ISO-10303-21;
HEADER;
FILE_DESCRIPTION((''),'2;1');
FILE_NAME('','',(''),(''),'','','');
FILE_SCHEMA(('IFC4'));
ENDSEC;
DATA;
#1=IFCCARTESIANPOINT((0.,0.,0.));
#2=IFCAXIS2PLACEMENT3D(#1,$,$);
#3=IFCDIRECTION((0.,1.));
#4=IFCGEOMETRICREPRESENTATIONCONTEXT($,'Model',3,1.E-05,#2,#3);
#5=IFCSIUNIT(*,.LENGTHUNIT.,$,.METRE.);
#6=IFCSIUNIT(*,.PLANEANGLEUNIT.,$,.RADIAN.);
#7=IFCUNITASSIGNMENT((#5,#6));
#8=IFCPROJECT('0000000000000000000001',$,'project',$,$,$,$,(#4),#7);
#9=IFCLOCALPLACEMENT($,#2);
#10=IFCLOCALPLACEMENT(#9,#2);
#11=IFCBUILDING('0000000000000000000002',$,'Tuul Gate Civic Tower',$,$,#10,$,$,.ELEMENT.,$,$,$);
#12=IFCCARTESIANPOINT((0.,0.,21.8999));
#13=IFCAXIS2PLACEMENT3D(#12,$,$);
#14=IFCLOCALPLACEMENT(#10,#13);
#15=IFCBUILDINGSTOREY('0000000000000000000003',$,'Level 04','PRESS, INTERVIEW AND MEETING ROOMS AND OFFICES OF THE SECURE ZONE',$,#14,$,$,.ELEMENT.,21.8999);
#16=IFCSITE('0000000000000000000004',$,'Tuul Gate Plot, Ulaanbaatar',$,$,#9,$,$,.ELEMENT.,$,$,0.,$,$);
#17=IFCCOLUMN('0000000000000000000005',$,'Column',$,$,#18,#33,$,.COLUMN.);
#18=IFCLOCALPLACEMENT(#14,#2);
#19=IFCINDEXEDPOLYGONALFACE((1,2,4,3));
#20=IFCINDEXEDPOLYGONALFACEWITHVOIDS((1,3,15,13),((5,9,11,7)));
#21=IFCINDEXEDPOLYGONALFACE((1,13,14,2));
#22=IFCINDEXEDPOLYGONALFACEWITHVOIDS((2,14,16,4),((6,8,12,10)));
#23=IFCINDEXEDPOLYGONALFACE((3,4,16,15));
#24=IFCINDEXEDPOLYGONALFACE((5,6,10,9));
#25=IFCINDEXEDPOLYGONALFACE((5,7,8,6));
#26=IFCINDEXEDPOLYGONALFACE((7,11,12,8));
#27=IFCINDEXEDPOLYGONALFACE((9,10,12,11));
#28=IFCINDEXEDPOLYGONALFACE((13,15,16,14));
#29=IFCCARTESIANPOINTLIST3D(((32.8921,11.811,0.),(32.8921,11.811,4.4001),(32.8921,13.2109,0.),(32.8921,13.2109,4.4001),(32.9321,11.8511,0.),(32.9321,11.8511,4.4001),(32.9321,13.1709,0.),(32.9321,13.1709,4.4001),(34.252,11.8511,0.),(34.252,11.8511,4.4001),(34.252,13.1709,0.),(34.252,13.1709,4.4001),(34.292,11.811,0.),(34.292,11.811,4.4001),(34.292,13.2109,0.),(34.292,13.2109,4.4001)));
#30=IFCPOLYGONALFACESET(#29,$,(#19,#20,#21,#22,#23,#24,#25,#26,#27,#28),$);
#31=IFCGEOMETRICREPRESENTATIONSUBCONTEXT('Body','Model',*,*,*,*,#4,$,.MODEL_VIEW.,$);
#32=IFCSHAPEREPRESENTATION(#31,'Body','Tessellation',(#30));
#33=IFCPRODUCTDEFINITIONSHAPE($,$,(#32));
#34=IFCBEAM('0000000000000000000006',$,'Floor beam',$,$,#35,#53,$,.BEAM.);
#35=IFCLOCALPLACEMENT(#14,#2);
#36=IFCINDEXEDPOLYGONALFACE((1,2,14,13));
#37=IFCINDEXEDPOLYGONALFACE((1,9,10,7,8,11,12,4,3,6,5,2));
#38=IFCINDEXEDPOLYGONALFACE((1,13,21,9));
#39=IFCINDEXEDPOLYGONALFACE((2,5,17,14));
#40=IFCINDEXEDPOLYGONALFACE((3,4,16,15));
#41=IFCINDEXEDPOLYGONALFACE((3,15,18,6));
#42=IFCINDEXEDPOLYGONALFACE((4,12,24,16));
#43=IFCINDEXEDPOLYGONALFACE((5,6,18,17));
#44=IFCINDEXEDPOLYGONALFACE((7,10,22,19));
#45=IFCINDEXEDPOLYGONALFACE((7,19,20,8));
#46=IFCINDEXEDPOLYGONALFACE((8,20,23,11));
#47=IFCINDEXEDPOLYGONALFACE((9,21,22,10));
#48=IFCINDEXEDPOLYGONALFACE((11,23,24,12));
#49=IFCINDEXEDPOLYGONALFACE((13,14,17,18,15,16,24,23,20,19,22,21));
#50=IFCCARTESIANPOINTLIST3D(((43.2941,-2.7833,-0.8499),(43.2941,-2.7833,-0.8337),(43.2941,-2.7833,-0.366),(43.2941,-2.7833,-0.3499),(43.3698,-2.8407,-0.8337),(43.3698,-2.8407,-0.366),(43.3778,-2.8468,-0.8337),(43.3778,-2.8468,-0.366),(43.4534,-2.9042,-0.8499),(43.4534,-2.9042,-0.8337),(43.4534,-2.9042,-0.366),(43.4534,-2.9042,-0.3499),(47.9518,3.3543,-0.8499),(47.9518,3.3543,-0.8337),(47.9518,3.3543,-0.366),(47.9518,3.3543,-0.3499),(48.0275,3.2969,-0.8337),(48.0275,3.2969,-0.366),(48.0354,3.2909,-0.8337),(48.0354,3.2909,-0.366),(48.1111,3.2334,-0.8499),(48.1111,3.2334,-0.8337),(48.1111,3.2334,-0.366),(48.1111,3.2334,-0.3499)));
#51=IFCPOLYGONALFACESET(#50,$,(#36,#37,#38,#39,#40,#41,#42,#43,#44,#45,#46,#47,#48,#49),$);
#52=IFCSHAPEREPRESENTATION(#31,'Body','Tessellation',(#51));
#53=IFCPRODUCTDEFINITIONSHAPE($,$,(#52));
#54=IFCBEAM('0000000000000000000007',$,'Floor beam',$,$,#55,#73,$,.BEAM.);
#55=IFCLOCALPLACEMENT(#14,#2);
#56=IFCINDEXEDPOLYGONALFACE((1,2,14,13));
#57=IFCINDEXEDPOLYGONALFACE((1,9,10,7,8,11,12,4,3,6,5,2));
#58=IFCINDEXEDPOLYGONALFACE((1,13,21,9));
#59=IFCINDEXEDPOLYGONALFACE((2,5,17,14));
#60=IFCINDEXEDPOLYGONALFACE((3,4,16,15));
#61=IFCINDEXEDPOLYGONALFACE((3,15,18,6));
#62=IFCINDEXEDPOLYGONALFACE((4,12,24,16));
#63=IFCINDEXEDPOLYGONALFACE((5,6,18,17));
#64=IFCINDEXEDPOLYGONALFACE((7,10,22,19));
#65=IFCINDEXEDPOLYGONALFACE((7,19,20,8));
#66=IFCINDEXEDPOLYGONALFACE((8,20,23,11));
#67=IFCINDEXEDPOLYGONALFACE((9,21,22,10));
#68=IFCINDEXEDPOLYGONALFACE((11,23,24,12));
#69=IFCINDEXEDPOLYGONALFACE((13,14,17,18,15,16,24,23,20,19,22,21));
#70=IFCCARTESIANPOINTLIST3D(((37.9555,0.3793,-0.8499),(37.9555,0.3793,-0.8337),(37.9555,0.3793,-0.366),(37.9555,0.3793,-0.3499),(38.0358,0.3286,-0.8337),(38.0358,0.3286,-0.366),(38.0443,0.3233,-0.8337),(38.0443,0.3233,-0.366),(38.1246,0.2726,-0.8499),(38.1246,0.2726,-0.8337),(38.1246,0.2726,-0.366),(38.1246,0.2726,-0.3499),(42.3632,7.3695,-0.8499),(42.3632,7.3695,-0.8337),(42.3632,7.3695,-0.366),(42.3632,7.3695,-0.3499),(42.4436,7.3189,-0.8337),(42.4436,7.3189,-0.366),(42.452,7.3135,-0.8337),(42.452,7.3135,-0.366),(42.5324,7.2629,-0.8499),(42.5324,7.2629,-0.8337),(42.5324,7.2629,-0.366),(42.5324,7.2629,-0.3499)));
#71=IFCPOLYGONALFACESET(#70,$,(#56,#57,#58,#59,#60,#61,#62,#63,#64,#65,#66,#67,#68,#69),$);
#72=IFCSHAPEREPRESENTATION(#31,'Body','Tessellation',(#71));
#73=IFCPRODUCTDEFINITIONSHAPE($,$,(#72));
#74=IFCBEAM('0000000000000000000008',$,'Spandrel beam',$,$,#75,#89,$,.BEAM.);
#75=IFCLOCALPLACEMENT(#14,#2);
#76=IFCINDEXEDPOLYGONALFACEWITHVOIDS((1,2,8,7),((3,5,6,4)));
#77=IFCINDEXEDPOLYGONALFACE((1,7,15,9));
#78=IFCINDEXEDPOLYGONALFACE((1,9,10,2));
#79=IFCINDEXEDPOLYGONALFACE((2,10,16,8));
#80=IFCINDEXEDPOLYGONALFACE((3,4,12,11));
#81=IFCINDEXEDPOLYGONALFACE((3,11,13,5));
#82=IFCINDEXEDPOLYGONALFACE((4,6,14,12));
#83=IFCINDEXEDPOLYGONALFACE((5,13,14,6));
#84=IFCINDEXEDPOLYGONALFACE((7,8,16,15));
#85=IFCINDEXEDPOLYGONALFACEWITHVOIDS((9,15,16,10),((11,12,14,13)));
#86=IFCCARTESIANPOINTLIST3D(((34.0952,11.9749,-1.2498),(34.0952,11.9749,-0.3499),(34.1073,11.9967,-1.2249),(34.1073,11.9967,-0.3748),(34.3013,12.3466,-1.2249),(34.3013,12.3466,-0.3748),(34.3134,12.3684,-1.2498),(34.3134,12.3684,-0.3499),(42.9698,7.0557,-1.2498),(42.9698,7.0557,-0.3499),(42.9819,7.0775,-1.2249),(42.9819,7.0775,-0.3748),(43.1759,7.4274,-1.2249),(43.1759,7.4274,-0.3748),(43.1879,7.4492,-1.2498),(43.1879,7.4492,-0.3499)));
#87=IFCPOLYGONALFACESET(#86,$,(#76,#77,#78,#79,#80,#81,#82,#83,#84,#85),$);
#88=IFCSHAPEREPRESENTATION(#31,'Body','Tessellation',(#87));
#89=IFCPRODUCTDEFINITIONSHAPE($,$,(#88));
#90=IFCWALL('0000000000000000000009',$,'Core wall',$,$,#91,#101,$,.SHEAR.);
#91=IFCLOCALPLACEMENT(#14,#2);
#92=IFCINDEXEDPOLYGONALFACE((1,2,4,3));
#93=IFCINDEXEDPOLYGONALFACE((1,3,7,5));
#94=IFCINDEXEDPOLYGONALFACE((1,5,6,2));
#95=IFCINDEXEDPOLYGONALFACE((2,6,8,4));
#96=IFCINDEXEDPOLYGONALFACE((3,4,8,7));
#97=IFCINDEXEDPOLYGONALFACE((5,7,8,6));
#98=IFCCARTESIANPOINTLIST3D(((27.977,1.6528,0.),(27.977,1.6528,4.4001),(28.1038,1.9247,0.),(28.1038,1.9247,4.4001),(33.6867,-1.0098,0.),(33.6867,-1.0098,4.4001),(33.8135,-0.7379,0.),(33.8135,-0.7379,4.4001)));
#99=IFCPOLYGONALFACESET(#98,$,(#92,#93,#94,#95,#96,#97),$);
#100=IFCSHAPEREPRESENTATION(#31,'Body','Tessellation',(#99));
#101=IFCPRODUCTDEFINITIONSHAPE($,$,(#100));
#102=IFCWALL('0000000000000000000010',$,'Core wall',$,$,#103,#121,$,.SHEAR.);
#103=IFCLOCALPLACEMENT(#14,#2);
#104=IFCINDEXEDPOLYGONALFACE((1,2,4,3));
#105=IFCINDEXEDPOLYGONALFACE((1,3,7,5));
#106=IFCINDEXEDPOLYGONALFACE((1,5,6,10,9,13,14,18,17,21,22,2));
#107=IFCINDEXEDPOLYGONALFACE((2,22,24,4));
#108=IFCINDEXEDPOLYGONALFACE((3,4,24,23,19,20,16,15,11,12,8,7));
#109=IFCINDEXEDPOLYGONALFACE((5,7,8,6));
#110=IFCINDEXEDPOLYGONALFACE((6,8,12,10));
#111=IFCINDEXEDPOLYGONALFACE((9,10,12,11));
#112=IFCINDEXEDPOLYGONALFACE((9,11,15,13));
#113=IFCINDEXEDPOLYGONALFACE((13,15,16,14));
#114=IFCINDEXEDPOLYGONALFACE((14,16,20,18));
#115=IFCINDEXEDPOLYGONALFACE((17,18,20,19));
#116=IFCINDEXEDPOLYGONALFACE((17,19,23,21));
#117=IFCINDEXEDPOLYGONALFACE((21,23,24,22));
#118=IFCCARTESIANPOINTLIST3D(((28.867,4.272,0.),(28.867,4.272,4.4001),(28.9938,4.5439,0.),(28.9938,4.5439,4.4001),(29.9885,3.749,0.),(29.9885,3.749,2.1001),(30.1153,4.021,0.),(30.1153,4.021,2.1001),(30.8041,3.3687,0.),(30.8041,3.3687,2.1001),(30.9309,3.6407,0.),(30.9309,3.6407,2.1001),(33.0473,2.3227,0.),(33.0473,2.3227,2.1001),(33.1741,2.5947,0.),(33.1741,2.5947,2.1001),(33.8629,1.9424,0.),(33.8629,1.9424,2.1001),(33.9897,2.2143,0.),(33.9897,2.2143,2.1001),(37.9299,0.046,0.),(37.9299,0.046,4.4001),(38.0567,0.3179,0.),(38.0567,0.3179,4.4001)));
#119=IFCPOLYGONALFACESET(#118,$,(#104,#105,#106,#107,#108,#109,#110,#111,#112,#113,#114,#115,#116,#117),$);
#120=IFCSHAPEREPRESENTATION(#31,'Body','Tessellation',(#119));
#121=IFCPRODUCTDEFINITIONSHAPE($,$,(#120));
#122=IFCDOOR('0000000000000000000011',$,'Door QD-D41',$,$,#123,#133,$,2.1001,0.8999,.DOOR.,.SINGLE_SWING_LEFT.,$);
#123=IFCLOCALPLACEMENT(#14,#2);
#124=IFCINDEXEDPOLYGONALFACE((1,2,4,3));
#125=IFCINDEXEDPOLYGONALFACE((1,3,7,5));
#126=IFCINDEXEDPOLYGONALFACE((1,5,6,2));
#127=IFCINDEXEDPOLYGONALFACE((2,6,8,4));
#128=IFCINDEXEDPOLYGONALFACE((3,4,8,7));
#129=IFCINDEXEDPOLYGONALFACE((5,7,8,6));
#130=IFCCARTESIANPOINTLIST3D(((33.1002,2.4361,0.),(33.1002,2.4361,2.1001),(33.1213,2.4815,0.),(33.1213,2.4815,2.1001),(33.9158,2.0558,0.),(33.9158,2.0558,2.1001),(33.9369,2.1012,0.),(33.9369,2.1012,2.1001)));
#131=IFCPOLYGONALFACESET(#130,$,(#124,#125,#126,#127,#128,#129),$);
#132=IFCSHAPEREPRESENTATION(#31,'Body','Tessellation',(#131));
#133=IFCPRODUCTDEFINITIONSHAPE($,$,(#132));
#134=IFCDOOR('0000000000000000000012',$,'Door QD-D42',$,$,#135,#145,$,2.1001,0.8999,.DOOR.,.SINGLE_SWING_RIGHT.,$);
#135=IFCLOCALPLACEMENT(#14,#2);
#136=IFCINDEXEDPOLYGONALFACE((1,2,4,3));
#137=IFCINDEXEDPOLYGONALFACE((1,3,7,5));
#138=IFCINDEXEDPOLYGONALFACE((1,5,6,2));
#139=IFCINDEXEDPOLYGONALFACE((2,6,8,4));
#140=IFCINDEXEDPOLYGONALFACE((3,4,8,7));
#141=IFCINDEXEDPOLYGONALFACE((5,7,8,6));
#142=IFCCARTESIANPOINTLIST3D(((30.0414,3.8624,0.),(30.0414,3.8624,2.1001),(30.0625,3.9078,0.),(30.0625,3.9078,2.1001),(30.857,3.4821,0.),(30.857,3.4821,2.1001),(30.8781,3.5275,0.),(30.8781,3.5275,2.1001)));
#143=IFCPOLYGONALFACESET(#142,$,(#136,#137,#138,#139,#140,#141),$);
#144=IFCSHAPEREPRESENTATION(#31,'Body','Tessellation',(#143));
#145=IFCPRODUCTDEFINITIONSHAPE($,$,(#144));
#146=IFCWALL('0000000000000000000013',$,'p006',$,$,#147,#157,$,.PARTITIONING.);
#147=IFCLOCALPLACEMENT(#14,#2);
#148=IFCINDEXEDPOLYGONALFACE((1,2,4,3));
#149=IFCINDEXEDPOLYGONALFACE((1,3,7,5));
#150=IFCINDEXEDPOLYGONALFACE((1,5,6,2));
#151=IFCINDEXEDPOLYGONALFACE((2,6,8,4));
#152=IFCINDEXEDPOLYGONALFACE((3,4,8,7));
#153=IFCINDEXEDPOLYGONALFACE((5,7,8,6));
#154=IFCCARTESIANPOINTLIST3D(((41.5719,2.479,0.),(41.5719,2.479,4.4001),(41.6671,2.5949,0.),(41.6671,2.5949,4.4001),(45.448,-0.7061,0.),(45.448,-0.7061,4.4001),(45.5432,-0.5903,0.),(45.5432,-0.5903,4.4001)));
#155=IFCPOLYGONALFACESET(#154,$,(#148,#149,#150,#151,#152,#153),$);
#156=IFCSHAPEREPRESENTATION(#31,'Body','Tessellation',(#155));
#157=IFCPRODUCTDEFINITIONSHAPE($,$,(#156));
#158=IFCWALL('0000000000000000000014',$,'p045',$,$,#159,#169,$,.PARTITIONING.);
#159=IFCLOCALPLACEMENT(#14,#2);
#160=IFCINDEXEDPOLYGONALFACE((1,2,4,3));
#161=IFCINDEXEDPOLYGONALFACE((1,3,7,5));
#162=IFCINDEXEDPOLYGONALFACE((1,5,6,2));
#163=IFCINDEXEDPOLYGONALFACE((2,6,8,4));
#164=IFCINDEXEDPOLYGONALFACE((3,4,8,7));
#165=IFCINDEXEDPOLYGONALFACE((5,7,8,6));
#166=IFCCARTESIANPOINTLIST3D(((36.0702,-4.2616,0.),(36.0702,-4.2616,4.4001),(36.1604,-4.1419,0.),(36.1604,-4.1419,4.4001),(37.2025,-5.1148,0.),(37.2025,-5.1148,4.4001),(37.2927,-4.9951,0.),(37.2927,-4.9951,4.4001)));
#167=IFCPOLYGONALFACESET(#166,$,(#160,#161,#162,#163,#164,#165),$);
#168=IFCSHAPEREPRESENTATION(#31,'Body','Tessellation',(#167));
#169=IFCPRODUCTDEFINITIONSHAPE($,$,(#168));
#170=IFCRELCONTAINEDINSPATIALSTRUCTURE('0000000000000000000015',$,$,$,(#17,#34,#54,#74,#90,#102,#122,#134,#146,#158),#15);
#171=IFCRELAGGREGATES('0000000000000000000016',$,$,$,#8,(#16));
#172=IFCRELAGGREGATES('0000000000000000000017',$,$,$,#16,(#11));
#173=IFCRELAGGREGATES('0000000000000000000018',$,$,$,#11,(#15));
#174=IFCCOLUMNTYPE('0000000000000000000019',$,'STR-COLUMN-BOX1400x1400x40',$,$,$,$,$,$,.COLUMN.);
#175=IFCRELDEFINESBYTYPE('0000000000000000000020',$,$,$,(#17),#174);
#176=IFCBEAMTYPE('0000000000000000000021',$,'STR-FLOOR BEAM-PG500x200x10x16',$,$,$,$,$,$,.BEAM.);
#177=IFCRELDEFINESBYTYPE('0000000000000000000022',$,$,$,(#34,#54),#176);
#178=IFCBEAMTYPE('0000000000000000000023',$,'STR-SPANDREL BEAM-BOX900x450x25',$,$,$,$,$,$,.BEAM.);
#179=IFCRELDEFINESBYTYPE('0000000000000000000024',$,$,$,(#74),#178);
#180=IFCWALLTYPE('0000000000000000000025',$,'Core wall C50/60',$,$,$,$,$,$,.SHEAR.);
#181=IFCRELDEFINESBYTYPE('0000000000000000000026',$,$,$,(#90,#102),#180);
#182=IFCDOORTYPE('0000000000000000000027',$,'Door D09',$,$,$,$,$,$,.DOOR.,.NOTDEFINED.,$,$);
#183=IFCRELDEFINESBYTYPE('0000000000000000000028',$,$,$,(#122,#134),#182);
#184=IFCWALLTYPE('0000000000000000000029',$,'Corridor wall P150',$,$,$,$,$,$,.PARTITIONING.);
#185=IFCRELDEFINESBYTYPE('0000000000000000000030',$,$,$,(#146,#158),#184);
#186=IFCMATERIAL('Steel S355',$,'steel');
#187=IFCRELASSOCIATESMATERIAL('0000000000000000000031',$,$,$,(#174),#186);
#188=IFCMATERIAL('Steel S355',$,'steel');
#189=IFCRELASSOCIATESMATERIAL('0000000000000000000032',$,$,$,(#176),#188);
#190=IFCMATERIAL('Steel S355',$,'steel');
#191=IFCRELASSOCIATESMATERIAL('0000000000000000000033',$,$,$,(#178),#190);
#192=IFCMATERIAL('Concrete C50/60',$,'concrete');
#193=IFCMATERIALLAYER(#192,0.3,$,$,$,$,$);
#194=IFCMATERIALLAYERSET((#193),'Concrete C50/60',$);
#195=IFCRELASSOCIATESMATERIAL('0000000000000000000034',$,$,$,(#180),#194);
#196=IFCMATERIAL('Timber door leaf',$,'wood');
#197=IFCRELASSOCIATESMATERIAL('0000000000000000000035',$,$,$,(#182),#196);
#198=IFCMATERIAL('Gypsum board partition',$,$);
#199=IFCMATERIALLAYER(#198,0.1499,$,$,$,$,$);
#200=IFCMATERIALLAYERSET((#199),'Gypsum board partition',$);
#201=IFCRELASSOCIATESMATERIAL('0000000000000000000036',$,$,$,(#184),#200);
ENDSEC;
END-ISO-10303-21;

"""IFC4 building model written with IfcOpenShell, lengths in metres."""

from ifc_helpers import new_model, si_unit, direction, frame, frame_2d, origin, origin_2d, place, context, subcontext, project, spatial, rectangle, hollow_rectangle, i_section, extrude, material, layer, layer_set, material_profile, profile_set, type_object, element, fill, save


model = new_model("IFC4")

# Units and contexts
model_context = context("Model", 3, precision=1e-05, world=origin(), true_north=direction((0.0, 1.0)))
body_context = subcontext(model_context, "Body", "Model", "MODEL_VIEW")
ifc_project = project(units=[si_unit("LENGTHUNIT", "METRE"), si_unit("PLANEANGLEUNIT", "RADIAN")], contexts=[model_context])

# Site, building, storey
site_placement = place(None, origin())
site = spatial("IfcSite", under=ifc_project, at=site_placement, Name="Tuul Gate Plot, Ulaanbaatar", CompositionType="ELEMENT", RefElevation=0.0)
building_placement = place(site_placement, origin())
building = spatial("IfcBuilding", under=site, at=building_placement, Name="Tuul Gate Civic Tower", CompositionType="ELEMENT")
storey_placement = place(building_placement, frame((0.0, 0.0, 21.8999)))
storey = spatial("IfcBuildingStorey", under=building, at=storey_placement, Name="Level 04", Description="PRESS, INTERVIEW AND MEETING ROOMS AND OFFICES OF THE SECURE ZONE", CompositionType="ELEMENT", Elevation=21.8999)

# Column
ifc_material_1 = material(Name="Steel S355", Category="steel")
ifc_material_profile_1 = material_profile(ifc_material_1, hollow_rectangle(XDim=1.3999, YDim=1.3999, WallThickness=0.04, at=origin_2d()), Name="BOX1400x1400x40")
ifc_profile_set_1 = profile_set([ifc_material_profile_1], Name="Steel S355")
column_type = type_object("IfcColumnType", Name="STR-COLUMN-BOX1400x1400x40", PredefinedType="COLUMN", material=ifc_profile_set_1)
column_placement = place(storey_placement, frame((33.592, 12.511, 0.0), z_axis=(0.0, 0.0, 1.0), x_axis=(1.0, 0.0, 0.0)))
element("IfcColumn", 1, at=column_placement, inside=storey, type_object=column_type, Name="Column", PredefinedType="COLUMN", context=body_context, shape_type="SweptSolid", body=[
    extrude(hollow_rectangle(XDim=1.3999, YDim=1.3999, WallThickness=0.04, at=origin_2d()), origin(), (0.0, 0.0, 1.0), 4.4001),
])

# Beams
ifc_material_2 = material(Name="Steel S355", Category="steel")
ifc_material_profile_2 = material_profile(ifc_material_2, i_section(OverallWidth=0.2, OverallDepth=0.5, WebThickness=0.01, FlangeThickness=0.0161, at=origin_2d()), Name="PG500x200x10x16")
ifc_profile_set_2 = profile_set([ifc_material_profile_2], Name="Steel S355")
beam_type_1 = type_object("IfcBeamType", Name="STR-FLOOR BEAM-PG500x200x10x16", PredefinedType="BEAM", material=ifc_profile_set_2)
beam_1_placement = place(storey_placement, frame((43.3738, -2.8438, -0.5999), z_axis=(0.604513, 0.796596, 0.0), x_axis=(-0.796596, 0.604513, 0.0)))
element("IfcBeam", 2, at=beam_1_placement, inside=storey, type_object=beam_type_1, Name="Floor beam", PredefinedType="BEAM", context=body_context, shape_type="SweptSolid", body=[
    extrude(i_section(OverallWidth=0.2, OverallDepth=0.5, WebThickness=0.01, FlangeThickness=0.0161, at=origin_2d()), origin(), (0.0, 0.0, 1.0), 7.7048),
])
beam_2_placement = place(storey_placement, frame((38.04, 0.3259, -0.5999), z_axis=(0.533373, 0.84588, 0.0), x_axis=(-0.84588, 0.533373, 0.0)))
element("IfcBeam", 3, at=beam_2_placement, inside=storey, type_object=beam_type_1, Name="Floor beam", PredefinedType="BEAM", context=body_context, shape_type="SweptSolid", body=[
    extrude(i_section(OverallWidth=0.2, OverallDepth=0.5, WebThickness=0.01, FlangeThickness=0.0161, at=origin_2d()), origin(), (0.0, 0.0, 1.0), 8.2639),
])
ifc_material_3 = material(Name="Steel S355", Category="steel")
ifc_material_profile_3 = material_profile(ifc_material_3, hollow_rectangle(XDim=0.45, YDim=0.8999, WallThickness=0.0249, at=origin_2d()), Name="BOX900x450x25")
ifc_profile_set_3 = profile_set([ifc_material_profile_3], Name="Steel S355")
beam_type_2 = type_object("IfcBeamType", Name="STR-SPANDREL BEAM-BOX900x450x25", PredefinedType="BEAM", material=ifc_profile_set_3)
beam_3_placement = place(storey_placement, frame((43.0789, 7.2524, -0.7998), z_axis=(-0.874621, 0.484807, 0.0), x_axis=(-0.484807, -0.874621, 0.0)))
element("IfcBeam", 4, at=beam_3_placement, inside=storey, type_object=beam_type_2, Name="Spandrel beam", PredefinedType="BEAM", context=body_context, shape_type="SweptSolid", body=[
    extrude(hollow_rectangle(XDim=0.45, YDim=0.8999, WallThickness=0.0249, at=origin_2d()), origin(), (0.0, 0.0, 1.0), 10.1467),
])

# Wall
ifc_material_4 = material(Name="Concrete C50/60", Category="concrete")
ifc_layer_1 = layer(ifc_material_4, 0.3)
ifc_layer_set_1 = layer_set([ifc_layer_1], Name="Concrete C50/60")
wall_type_1 = type_object("IfcWallType", Name="Core wall C50/60", PredefinedType="SHEAR", material=ifc_layer_set_1)
wall_1_placement = place(storey_placement, frame((33.75, -0.8738, 0.0), z_axis=(0.0, 0.0, 1.0), x_axis=(-0.906301, 0.422633, 0.0)))
element("IfcWall", 5, at=wall_1_placement, inside=storey, type_object=wall_type_1, Name="Core wall", PredefinedType="SHEAR", context=body_context, shape_type="SweptSolid", body=[
    extrude(rectangle(XDim=6.3, YDim=0.3, at=frame_2d((3.1499, 0.0))), origin(), (0.0, 0.0, 1.0), 4.4001),
])

# Wall, openings, doors
wall_2_placement = place(storey_placement, frame((37.9934, 0.1819, 0.0), z_axis=(0.0, 0.0, 1.0), x_axis=(-0.90631, 0.422613, 0.0)))
wall_2 = element("IfcWall", 6, at=wall_2_placement, inside=storey, type_object=wall_type_1, Name="Core wall", PredefinedType="SHEAR", context=body_context, shape_type="SweptSolid", body=[
    extrude(rectangle(XDim=9.9998, YDim=0.3, at=frame_2d((5.0, 0.0))), origin(), (0.0, 0.0, 1.0), 4.4001),
])
opening_1_placement = place(wall_2_placement, frame((4.4875, 0.0, 0.0)))
opening_1 = element("IfcOpeningElement", 7, at=opening_1_placement, cuts=wall_2, PredefinedType="OPENING", context=body_context, shape_type="SweptSolid", body=[
    extrude(rectangle(XDim=0.8999, YDim=2.1001, at=frame_2d((0.45, 1.05))), frame((0.0, 0.1602, 0.0), z_axis=(0.0, -1.0, 0.0), x_axis=(1.0, 0.0, 0.0)), (0.0, 0.0, 1.0), 0.3201),
])
opening_2_placement = place(wall_2_placement, frame((7.8625, 0.0, 0.0)))
opening_2 = element("IfcOpeningElement", 8, at=opening_2_placement, cuts=wall_2, PredefinedType="OPENING", context=body_context, shape_type="SweptSolid", body=[
    extrude(rectangle(XDim=0.8999, YDim=2.1001, at=frame_2d((0.45, 1.05))), frame((0.0, 0.1602, 0.0), z_axis=(0.0, -1.0, 0.0), x_axis=(1.0, 0.0, 0.0)), (0.0, 0.0, 1.0), 0.3201),
])
ifc_material_5 = material(Name="Timber door leaf", Category="wood")
door_type = type_object("IfcDoorType", Name="Door D09", OperationType="NOTDEFINED", PredefinedType="DOOR", material=ifc_material_5)
door_1_placement = place(opening_1_placement, origin())
door_1 = element("IfcDoor", 9, at=door_1_placement, inside=storey, type_object=door_type, Name="Door QD-D41", OperationType="SINGLE_SWING_LEFT", OverallHeight=2.1001, OverallWidth=0.8999, PredefinedType="DOOR", context=body_context, shape_type="SweptSolid", body=[
    extrude(rectangle(XDim=0.8999, YDim=2.1001, at=frame_2d((0.45, 1.05))), frame((0.0, 0.0249, 0.0), z_axis=(0.0, -1.0, 0.0), x_axis=(1.0, 0.0, 0.0)), (0.0, 0.0, 1.0), 0.05),
])
fill(opening_1, door_1)
door_2_placement = place(opening_2_placement, origin())
door_2 = element("IfcDoor", 10, at=door_2_placement, inside=storey, type_object=door_type, Name="Door QD-D42", OperationType="SINGLE_SWING_RIGHT", OverallHeight=2.1001, OverallWidth=0.8999, PredefinedType="DOOR", context=body_context, shape_type="SweptSolid", body=[
    extrude(rectangle(XDim=0.8999, YDim=2.1001, at=frame_2d((0.45, 1.05))), frame((0.0, 0.0249, 0.0), z_axis=(0.0, -1.0, 0.0), x_axis=(1.0, 0.0, 0.0)), (0.0, 0.0, 1.0), 0.05),
])
fill(opening_2, door_2)

# Walls
ifc_material_6 = material(Name="Gypsum board partition")
ifc_layer_2 = layer(ifc_material_6, 0.1499)
ifc_layer_set_2 = layer_set([ifc_layer_2], Name="Gypsum board partition")
wall_type_2 = type_object("IfcWallType", Name="Corridor wall P150", PredefinedType="PARTITIONING", material=ifc_layer_set_2)
wall_3_placement = place(storey_placement, frame((41.6196, 2.5369, 0.0), z_axis=(0.0, 0.0, 1.0), x_axis=(0.772607, -0.634885, 0.0)))
element("IfcWall", 11, at=wall_3_placement, inside=storey, type_object=wall_type_2, Name="p006", PredefinedType="PARTITIONING", context=body_context, shape_type="SweptSolid", body=[
    extrude(rectangle(XDim=5.0168, YDim=0.1499, at=frame_2d((2.5083, 0.0))), origin(), (0.0, 0.0, 1.0), 4.4001),
])
wall_4_placement = place(storey_placement, frame((36.1152, -4.2017, 0.0), z_axis=(0.0, 0.0, 1.0), x_axis=(0.798634, -0.601817, 0.0)))
element("IfcWall", 12, at=wall_4_placement, inside=storey, type_object=wall_type_2, Name="p045", PredefinedType="PARTITIONING", context=body_context, shape_type="SweptSolid", body=[
    extrude(rectangle(XDim=1.4177, YDim=0.1499, at=frame_2d((0.709, 0.0))), origin(), (0.0, 0.0, 1.0), 4.4001),
])

save(model, "model.ifc")
